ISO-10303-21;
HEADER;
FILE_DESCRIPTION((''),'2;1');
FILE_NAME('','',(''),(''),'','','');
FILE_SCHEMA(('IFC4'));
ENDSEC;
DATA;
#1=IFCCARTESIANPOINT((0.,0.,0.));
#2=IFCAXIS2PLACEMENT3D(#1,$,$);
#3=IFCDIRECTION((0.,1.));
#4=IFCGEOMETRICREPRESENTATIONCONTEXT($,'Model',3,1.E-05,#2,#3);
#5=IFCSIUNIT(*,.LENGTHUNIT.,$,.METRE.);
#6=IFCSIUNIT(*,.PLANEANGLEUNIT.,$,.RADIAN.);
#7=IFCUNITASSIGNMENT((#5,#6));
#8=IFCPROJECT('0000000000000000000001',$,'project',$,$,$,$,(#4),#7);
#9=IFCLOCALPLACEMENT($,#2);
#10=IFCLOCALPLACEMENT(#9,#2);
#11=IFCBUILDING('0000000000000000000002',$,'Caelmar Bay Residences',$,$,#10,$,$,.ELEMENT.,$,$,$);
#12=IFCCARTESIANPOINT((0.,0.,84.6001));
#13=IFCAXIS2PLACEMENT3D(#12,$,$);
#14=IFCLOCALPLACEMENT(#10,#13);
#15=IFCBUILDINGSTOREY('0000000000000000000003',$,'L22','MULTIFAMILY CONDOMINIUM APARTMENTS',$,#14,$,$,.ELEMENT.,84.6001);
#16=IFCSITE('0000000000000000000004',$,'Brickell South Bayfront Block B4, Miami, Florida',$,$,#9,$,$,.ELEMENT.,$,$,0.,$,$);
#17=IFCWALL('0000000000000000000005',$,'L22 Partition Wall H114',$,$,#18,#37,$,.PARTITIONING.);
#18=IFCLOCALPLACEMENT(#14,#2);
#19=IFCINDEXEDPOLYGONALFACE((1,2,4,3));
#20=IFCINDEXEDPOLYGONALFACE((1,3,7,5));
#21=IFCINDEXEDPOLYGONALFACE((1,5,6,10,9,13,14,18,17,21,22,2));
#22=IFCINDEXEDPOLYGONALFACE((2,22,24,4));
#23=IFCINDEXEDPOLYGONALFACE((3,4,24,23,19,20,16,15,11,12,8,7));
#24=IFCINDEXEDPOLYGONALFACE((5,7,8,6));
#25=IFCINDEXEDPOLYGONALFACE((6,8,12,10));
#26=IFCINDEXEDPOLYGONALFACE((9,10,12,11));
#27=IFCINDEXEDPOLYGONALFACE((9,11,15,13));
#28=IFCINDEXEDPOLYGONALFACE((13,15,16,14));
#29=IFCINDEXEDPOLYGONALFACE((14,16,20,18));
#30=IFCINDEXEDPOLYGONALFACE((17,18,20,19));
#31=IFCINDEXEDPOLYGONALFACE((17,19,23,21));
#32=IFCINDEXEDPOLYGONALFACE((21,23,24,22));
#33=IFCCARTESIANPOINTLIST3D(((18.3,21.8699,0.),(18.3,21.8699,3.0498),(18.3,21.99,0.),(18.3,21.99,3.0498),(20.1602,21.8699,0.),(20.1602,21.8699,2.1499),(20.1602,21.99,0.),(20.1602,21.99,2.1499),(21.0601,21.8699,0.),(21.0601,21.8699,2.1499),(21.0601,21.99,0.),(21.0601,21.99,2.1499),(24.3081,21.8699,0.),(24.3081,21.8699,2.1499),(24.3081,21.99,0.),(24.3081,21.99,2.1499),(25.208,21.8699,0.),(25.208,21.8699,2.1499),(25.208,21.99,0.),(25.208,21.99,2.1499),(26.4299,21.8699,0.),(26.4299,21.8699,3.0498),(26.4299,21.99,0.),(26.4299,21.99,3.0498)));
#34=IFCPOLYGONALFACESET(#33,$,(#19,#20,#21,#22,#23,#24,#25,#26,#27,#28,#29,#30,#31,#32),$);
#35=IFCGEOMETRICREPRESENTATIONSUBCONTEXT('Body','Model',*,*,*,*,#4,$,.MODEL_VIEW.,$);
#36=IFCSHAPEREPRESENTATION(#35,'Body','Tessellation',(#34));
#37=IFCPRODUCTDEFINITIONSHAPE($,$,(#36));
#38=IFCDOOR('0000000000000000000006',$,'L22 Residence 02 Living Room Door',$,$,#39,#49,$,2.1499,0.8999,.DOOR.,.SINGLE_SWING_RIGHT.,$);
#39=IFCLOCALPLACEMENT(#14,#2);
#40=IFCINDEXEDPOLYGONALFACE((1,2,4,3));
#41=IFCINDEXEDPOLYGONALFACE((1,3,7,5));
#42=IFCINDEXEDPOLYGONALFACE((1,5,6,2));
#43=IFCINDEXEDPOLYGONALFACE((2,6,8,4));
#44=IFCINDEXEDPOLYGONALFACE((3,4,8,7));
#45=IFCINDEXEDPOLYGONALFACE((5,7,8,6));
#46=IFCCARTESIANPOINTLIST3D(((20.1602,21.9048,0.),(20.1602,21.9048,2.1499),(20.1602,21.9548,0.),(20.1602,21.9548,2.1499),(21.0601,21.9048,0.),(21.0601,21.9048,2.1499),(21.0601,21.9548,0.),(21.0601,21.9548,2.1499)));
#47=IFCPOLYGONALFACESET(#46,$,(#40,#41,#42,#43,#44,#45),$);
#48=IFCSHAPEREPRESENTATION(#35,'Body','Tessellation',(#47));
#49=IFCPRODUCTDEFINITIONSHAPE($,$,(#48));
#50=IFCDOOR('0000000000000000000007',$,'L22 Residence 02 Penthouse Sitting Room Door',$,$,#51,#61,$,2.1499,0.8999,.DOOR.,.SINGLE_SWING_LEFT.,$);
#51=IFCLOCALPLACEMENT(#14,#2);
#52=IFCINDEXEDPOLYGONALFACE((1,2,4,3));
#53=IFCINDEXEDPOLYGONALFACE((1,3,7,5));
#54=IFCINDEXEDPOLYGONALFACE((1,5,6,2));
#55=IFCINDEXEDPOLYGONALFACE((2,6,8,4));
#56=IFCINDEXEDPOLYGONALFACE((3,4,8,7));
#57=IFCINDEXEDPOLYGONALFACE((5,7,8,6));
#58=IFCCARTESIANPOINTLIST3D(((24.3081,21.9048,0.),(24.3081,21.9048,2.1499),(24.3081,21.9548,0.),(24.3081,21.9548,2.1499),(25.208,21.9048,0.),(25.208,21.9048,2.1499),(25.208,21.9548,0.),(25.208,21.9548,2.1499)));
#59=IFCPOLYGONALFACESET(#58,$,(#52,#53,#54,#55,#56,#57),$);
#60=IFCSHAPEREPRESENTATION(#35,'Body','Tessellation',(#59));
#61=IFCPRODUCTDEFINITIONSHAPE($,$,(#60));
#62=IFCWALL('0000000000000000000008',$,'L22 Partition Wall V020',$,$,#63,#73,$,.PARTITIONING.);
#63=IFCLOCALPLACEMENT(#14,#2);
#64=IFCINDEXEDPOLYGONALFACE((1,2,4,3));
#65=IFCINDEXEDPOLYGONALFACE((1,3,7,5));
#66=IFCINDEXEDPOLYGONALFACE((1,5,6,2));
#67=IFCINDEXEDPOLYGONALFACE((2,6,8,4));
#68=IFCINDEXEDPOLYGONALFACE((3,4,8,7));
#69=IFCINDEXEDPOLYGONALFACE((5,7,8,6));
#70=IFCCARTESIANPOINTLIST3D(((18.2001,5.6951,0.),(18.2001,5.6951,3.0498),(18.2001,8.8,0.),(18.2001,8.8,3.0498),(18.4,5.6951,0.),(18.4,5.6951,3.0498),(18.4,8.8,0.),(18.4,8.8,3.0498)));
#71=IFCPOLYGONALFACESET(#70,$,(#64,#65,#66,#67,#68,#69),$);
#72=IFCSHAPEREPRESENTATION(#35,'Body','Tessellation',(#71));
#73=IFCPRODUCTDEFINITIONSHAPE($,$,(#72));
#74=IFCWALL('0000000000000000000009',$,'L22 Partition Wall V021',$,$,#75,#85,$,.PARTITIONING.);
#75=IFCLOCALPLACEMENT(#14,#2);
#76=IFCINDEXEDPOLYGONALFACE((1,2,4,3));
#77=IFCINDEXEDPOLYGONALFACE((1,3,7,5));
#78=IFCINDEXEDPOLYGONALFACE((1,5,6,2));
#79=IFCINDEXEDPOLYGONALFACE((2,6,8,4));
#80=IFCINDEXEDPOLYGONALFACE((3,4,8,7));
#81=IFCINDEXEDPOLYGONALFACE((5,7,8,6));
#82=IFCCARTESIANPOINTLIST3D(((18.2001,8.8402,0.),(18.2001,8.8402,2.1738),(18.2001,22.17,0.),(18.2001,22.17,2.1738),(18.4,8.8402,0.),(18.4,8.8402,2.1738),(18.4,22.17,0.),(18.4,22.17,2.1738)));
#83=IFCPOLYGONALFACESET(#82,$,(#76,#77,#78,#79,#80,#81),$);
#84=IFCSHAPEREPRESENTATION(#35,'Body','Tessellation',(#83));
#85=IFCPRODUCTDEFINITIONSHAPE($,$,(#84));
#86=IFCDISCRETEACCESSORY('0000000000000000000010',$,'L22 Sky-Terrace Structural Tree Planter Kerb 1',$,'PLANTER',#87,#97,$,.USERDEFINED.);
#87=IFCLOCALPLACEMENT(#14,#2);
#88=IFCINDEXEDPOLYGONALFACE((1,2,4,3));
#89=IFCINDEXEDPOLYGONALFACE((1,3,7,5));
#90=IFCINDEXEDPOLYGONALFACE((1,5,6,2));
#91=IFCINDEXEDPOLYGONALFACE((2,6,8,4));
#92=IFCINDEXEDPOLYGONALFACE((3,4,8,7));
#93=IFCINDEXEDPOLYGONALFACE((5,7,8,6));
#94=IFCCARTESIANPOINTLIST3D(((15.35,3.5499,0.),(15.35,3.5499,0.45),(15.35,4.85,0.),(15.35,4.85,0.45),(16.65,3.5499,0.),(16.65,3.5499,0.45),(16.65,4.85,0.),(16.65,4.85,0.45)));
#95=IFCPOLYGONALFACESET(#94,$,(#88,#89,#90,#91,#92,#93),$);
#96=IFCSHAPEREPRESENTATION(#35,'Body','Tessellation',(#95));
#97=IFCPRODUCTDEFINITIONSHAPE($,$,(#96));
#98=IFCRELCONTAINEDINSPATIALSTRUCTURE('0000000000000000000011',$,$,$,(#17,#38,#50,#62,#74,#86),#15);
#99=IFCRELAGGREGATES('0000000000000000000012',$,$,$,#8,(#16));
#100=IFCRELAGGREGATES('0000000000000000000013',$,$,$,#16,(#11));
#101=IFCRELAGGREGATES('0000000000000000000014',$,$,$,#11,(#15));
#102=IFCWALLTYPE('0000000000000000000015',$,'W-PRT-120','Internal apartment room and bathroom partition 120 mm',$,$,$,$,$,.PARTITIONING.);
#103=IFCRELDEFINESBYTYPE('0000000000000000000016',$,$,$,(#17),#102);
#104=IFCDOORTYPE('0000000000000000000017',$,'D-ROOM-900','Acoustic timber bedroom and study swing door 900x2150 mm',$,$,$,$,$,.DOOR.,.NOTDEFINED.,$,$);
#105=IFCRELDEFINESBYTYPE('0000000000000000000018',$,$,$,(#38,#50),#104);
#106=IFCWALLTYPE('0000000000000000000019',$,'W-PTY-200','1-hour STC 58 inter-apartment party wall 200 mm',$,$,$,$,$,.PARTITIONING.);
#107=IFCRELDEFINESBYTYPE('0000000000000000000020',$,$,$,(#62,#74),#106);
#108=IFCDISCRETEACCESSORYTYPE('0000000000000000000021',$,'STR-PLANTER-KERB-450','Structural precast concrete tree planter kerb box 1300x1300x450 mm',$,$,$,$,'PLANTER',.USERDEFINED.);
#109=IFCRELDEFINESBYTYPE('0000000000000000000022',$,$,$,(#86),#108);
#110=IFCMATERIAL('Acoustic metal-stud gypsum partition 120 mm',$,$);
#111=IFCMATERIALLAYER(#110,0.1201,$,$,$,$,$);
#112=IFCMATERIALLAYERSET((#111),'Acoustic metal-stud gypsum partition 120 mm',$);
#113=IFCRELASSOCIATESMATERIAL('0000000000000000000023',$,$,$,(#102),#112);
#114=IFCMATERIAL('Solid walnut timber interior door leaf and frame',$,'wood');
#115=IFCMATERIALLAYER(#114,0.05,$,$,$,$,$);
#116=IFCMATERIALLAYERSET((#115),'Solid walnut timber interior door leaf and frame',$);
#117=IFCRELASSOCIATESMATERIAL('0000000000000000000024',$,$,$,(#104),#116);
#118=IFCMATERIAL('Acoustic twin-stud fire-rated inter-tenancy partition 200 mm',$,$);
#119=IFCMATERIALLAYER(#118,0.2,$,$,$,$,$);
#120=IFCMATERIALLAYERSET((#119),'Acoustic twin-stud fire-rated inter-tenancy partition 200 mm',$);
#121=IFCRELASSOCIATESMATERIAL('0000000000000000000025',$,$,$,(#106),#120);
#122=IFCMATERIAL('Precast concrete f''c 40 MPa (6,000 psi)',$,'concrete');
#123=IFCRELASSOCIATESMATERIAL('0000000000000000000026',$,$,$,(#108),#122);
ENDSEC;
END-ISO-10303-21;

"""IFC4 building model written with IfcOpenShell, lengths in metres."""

from ifc_helpers import new_model, si_unit, direction, frame, frame_2d, origin, origin_2d, place, context, subcontext, project, spatial, rectangle, extrude, material, layer, layer_set, type_object, element, fill, save


model = new_model("IFC4")

# Units and contexts
model_context = context("Model", 3, precision=1e-05, world=origin(), true_north=direction((0.0, 1.0)))
body_context = subcontext(model_context, "Body", "Model", "MODEL_VIEW")
ifc_project = project(units=[si_unit("LENGTHUNIT", "METRE"), si_unit("PLANEANGLEUNIT", "RADIAN")], contexts=[model_context])

# Site, building, storey
site_placement = place(None, origin())
site = spatial("IfcSite", under=ifc_project, at=site_placement, Name="Brickell South Bayfront Block B4, Miami, Florida", CompositionType="ELEMENT", RefElevation=0.0)
building_placement = place(site_placement, origin())
building = spatial("IfcBuilding", under=site, at=building_placement, Name="Caelmar Bay Residences", CompositionType="ELEMENT")
storey_placement = place(building_placement, frame((0.0, 0.0, 84.6001)))
storey = spatial("IfcBuildingStorey", under=building, at=storey_placement, Name="L22", Description="MULTIFAMILY CONDOMINIUM APARTMENTS", CompositionType="ELEMENT", Elevation=84.6001)

# Shared definitions
ifc_material_1 = material(Name="Precast concrete f'c 40 MPa (6,000 psi)", Category="concrete")

# Shared definitions
ifc_material_2 = material(Name="Acoustic metal-stud gypsum partition 120 mm")
ifc_layer_1 = layer(ifc_material_2, 0.1201)
ifc_layer_set_1 = layer_set([ifc_layer_1], Name="Acoustic metal-stud gypsum partition 120 mm")
wall_type_1 = type_object("IfcWallType", Name="W-PRT-120", Description="Internal apartment room and bathroom partition 120 mm", PredefinedType="PARTITIONING", material=ifc_layer_set_1)
ifc_material_3 = material(Name="Solid walnut timber interior door leaf and frame", Category="wood")
ifc_layer_2 = layer(ifc_material_3, 0.05)
ifc_layer_set_2 = layer_set([ifc_layer_2], Name="Solid walnut timber interior door leaf and frame")
door_type = type_object("IfcDoorType", Name="D-ROOM-900", Description="Acoustic timber bedroom and study swing door 900x2150 mm", OperationType="NOTDEFINED", PredefinedType="DOOR", material=ifc_layer_set_2)

# Wall, openings, doors
wall_1_placement = place(storey_placement, frame((18.3, 21.9299, 0.0), z_axis=(0.0, 0.0, 1.0), x_axis=(1.0, 0.0, 0.0)))
wall_1 = element("IfcWall", 1, at=wall_1_placement, inside=storey, type_object=wall_type_1, Name="L22 Partition Wall H114", PredefinedType="PARTITIONING", context=body_context, shape_type="SweptSolid", body=[
    extrude(rectangle(XDim=8.1299, YDim=0.1201, at=frame_2d((4.0649, 0.0))), origin(), (0.0, 0.0, 1.0), 3.0498),
])
opening_1_placement = place(wall_1_placement, frame((1.8601, 0.0, 0.0)))
opening_1 = element("IfcOpeningElement", 2, at=opening_1_placement, cuts=wall_1, PredefinedType="OPENING", context=body_context, shape_type="SweptSolid", body=[
    extrude(rectangle(XDim=0.8999, YDim=2.1499, at=frame_2d((0.45, 1.075))), frame((0.0, 0.0701, 0.0), z_axis=(0.0, -1.0, 0.0), x_axis=(1.0, 0.0, 0.0)), (0.0, 0.0, 1.0), 0.1401),
])
opening_2_placement = place(wall_1_placement, frame((6.0081, 0.0, 0.0)))
opening_2 = element("IfcOpeningElement", 3, at=opening_2_placement, cuts=wall_1, PredefinedType="OPENING", context=body_context, shape_type="SweptSolid", body=[
    extrude(rectangle(XDim=0.8999, YDim=2.1499, at=frame_2d((0.45, 1.075))), frame((0.0, 0.0701, 0.0), z_axis=(0.0, -1.0, 0.0), x_axis=(1.0, 0.0, 0.0)), (0.0, 0.0, 1.0), 0.1401),
])
door_1_placement = place(opening_1_placement, origin())
door_1 = element("IfcDoor", 4, at=door_1_placement, inside=storey, type_object=door_type, Name="L22 Residence 02 Living Room Door", OperationType="SINGLE_SWING_RIGHT", OverallHeight=2.1499, OverallWidth=0.8999, PredefinedType="DOOR", context=body_context, shape_type="SweptSolid", body=[
    extrude(rectangle(XDim=0.8999, YDim=2.1499, at=frame_2d((0.45, 1.075))), frame((0.0, 0.0249, 0.0), z_axis=(0.0, -1.0, 0.0), x_axis=(1.0, 0.0, 0.0)), (0.0, 0.0, 1.0), 0.05),
])
fill(opening_1, door_1)
door_2_placement = place(opening_2_placement, origin())
door_2 = element("IfcDoor", 5, at=door_2_placement, inside=storey, type_object=door_type, Name="L22 Residence 02 Penthouse Sitting Room Door", OperationType="SINGLE_SWING_LEFT", OverallHeight=2.1499, OverallWidth=0.8999, PredefinedType="DOOR", context=body_context, shape_type="SweptSolid", body=[
    extrude(rectangle(XDim=0.8999, YDim=2.1499, at=frame_2d((0.45, 1.075))), frame((0.0, 0.0249, 0.0), z_axis=(0.0, -1.0, 0.0), x_axis=(1.0, 0.0, 0.0)), (0.0, 0.0, 1.0), 0.05),
])
fill(opening_2, door_2)

# Walls
ifc_material_4 = material(Name="Acoustic twin-stud fire-rated inter-tenancy partition 200 mm")
ifc_layer_3 = layer(ifc_material_4, 0.2)
ifc_layer_set_3 = layer_set([ifc_layer_3], Name="Acoustic twin-stud fire-rated inter-tenancy partition 200 mm")
wall_type_2 = type_object("IfcWallType", Name="W-PTY-200", Description="1-hour STC 58 inter-apartment party wall 200 mm", PredefinedType="PARTITIONING", material=ifc_layer_set_3)
wall_2_placement = place(storey_placement, frame((18.3, 5.6951, 0.0), z_axis=(0.0, 0.0, 1.0), x_axis=(0.0, 1.0, 0.0)))
element("IfcWall", 6, at=wall_2_placement, inside=storey, type_object=wall_type_2, Name="L22 Partition Wall V020", PredefinedType="PARTITIONING", context=body_context, shape_type="SweptSolid", body=[
    extrude(rectangle(XDim=3.105, YDim=0.2, at=frame_2d((1.5525, 0.0))), origin(), (0.0, 0.0, 1.0), 3.0498),
])
wall_3_placement = place(storey_placement, frame((18.3, 8.8401, 0.0), z_axis=(0.0, 0.0, 1.0), x_axis=(0.0, 1.0, 0.0)))
element("IfcWall", 7, at=wall_3_placement, inside=storey, type_object=wall_type_2, Name="L22 Partition Wall V021", PredefinedType="PARTITIONING", context=body_context, shape_type="SweptSolid", body=[
    extrude(rectangle(XDim=13.3298, YDim=0.2, at=frame_2d((6.665, 0.0))), origin(), (0.0, 0.0, 1.0), 2.1738),
])

# Discrete accessory
discrete_accessory_type = type_object("IfcDiscreteAccessoryType", Name="STR-PLANTER-KERB-450", Description="Structural precast concrete tree planter kerb box 1300x1300x450 mm", ElementType="PLANTER", PredefinedType="USERDEFINED", material=ifc_material_1)
discrete_accessory_placement = place(storey_placement, frame((16.0, 4.2, 0.0), z_axis=(0.0, 0.0, 1.0), x_axis=(1.0, 0.0, 0.0)))
element("IfcDiscreteAccessory", 8, at=discrete_accessory_placement, inside=storey, type_object=discrete_accessory_type, Name="L22 Sky-Terrace Structural Tree Planter Kerb 1", ObjectType="PLANTER", PredefinedType="USERDEFINED", context=body_context, shape_type="SweptSolid", body=[
    extrude(rectangle(XDim=1.3, YDim=1.3, at=origin_2d()), origin(), (0.0, 0.0, 1.0), 0.45),
])

save(model, "model.ifc")
